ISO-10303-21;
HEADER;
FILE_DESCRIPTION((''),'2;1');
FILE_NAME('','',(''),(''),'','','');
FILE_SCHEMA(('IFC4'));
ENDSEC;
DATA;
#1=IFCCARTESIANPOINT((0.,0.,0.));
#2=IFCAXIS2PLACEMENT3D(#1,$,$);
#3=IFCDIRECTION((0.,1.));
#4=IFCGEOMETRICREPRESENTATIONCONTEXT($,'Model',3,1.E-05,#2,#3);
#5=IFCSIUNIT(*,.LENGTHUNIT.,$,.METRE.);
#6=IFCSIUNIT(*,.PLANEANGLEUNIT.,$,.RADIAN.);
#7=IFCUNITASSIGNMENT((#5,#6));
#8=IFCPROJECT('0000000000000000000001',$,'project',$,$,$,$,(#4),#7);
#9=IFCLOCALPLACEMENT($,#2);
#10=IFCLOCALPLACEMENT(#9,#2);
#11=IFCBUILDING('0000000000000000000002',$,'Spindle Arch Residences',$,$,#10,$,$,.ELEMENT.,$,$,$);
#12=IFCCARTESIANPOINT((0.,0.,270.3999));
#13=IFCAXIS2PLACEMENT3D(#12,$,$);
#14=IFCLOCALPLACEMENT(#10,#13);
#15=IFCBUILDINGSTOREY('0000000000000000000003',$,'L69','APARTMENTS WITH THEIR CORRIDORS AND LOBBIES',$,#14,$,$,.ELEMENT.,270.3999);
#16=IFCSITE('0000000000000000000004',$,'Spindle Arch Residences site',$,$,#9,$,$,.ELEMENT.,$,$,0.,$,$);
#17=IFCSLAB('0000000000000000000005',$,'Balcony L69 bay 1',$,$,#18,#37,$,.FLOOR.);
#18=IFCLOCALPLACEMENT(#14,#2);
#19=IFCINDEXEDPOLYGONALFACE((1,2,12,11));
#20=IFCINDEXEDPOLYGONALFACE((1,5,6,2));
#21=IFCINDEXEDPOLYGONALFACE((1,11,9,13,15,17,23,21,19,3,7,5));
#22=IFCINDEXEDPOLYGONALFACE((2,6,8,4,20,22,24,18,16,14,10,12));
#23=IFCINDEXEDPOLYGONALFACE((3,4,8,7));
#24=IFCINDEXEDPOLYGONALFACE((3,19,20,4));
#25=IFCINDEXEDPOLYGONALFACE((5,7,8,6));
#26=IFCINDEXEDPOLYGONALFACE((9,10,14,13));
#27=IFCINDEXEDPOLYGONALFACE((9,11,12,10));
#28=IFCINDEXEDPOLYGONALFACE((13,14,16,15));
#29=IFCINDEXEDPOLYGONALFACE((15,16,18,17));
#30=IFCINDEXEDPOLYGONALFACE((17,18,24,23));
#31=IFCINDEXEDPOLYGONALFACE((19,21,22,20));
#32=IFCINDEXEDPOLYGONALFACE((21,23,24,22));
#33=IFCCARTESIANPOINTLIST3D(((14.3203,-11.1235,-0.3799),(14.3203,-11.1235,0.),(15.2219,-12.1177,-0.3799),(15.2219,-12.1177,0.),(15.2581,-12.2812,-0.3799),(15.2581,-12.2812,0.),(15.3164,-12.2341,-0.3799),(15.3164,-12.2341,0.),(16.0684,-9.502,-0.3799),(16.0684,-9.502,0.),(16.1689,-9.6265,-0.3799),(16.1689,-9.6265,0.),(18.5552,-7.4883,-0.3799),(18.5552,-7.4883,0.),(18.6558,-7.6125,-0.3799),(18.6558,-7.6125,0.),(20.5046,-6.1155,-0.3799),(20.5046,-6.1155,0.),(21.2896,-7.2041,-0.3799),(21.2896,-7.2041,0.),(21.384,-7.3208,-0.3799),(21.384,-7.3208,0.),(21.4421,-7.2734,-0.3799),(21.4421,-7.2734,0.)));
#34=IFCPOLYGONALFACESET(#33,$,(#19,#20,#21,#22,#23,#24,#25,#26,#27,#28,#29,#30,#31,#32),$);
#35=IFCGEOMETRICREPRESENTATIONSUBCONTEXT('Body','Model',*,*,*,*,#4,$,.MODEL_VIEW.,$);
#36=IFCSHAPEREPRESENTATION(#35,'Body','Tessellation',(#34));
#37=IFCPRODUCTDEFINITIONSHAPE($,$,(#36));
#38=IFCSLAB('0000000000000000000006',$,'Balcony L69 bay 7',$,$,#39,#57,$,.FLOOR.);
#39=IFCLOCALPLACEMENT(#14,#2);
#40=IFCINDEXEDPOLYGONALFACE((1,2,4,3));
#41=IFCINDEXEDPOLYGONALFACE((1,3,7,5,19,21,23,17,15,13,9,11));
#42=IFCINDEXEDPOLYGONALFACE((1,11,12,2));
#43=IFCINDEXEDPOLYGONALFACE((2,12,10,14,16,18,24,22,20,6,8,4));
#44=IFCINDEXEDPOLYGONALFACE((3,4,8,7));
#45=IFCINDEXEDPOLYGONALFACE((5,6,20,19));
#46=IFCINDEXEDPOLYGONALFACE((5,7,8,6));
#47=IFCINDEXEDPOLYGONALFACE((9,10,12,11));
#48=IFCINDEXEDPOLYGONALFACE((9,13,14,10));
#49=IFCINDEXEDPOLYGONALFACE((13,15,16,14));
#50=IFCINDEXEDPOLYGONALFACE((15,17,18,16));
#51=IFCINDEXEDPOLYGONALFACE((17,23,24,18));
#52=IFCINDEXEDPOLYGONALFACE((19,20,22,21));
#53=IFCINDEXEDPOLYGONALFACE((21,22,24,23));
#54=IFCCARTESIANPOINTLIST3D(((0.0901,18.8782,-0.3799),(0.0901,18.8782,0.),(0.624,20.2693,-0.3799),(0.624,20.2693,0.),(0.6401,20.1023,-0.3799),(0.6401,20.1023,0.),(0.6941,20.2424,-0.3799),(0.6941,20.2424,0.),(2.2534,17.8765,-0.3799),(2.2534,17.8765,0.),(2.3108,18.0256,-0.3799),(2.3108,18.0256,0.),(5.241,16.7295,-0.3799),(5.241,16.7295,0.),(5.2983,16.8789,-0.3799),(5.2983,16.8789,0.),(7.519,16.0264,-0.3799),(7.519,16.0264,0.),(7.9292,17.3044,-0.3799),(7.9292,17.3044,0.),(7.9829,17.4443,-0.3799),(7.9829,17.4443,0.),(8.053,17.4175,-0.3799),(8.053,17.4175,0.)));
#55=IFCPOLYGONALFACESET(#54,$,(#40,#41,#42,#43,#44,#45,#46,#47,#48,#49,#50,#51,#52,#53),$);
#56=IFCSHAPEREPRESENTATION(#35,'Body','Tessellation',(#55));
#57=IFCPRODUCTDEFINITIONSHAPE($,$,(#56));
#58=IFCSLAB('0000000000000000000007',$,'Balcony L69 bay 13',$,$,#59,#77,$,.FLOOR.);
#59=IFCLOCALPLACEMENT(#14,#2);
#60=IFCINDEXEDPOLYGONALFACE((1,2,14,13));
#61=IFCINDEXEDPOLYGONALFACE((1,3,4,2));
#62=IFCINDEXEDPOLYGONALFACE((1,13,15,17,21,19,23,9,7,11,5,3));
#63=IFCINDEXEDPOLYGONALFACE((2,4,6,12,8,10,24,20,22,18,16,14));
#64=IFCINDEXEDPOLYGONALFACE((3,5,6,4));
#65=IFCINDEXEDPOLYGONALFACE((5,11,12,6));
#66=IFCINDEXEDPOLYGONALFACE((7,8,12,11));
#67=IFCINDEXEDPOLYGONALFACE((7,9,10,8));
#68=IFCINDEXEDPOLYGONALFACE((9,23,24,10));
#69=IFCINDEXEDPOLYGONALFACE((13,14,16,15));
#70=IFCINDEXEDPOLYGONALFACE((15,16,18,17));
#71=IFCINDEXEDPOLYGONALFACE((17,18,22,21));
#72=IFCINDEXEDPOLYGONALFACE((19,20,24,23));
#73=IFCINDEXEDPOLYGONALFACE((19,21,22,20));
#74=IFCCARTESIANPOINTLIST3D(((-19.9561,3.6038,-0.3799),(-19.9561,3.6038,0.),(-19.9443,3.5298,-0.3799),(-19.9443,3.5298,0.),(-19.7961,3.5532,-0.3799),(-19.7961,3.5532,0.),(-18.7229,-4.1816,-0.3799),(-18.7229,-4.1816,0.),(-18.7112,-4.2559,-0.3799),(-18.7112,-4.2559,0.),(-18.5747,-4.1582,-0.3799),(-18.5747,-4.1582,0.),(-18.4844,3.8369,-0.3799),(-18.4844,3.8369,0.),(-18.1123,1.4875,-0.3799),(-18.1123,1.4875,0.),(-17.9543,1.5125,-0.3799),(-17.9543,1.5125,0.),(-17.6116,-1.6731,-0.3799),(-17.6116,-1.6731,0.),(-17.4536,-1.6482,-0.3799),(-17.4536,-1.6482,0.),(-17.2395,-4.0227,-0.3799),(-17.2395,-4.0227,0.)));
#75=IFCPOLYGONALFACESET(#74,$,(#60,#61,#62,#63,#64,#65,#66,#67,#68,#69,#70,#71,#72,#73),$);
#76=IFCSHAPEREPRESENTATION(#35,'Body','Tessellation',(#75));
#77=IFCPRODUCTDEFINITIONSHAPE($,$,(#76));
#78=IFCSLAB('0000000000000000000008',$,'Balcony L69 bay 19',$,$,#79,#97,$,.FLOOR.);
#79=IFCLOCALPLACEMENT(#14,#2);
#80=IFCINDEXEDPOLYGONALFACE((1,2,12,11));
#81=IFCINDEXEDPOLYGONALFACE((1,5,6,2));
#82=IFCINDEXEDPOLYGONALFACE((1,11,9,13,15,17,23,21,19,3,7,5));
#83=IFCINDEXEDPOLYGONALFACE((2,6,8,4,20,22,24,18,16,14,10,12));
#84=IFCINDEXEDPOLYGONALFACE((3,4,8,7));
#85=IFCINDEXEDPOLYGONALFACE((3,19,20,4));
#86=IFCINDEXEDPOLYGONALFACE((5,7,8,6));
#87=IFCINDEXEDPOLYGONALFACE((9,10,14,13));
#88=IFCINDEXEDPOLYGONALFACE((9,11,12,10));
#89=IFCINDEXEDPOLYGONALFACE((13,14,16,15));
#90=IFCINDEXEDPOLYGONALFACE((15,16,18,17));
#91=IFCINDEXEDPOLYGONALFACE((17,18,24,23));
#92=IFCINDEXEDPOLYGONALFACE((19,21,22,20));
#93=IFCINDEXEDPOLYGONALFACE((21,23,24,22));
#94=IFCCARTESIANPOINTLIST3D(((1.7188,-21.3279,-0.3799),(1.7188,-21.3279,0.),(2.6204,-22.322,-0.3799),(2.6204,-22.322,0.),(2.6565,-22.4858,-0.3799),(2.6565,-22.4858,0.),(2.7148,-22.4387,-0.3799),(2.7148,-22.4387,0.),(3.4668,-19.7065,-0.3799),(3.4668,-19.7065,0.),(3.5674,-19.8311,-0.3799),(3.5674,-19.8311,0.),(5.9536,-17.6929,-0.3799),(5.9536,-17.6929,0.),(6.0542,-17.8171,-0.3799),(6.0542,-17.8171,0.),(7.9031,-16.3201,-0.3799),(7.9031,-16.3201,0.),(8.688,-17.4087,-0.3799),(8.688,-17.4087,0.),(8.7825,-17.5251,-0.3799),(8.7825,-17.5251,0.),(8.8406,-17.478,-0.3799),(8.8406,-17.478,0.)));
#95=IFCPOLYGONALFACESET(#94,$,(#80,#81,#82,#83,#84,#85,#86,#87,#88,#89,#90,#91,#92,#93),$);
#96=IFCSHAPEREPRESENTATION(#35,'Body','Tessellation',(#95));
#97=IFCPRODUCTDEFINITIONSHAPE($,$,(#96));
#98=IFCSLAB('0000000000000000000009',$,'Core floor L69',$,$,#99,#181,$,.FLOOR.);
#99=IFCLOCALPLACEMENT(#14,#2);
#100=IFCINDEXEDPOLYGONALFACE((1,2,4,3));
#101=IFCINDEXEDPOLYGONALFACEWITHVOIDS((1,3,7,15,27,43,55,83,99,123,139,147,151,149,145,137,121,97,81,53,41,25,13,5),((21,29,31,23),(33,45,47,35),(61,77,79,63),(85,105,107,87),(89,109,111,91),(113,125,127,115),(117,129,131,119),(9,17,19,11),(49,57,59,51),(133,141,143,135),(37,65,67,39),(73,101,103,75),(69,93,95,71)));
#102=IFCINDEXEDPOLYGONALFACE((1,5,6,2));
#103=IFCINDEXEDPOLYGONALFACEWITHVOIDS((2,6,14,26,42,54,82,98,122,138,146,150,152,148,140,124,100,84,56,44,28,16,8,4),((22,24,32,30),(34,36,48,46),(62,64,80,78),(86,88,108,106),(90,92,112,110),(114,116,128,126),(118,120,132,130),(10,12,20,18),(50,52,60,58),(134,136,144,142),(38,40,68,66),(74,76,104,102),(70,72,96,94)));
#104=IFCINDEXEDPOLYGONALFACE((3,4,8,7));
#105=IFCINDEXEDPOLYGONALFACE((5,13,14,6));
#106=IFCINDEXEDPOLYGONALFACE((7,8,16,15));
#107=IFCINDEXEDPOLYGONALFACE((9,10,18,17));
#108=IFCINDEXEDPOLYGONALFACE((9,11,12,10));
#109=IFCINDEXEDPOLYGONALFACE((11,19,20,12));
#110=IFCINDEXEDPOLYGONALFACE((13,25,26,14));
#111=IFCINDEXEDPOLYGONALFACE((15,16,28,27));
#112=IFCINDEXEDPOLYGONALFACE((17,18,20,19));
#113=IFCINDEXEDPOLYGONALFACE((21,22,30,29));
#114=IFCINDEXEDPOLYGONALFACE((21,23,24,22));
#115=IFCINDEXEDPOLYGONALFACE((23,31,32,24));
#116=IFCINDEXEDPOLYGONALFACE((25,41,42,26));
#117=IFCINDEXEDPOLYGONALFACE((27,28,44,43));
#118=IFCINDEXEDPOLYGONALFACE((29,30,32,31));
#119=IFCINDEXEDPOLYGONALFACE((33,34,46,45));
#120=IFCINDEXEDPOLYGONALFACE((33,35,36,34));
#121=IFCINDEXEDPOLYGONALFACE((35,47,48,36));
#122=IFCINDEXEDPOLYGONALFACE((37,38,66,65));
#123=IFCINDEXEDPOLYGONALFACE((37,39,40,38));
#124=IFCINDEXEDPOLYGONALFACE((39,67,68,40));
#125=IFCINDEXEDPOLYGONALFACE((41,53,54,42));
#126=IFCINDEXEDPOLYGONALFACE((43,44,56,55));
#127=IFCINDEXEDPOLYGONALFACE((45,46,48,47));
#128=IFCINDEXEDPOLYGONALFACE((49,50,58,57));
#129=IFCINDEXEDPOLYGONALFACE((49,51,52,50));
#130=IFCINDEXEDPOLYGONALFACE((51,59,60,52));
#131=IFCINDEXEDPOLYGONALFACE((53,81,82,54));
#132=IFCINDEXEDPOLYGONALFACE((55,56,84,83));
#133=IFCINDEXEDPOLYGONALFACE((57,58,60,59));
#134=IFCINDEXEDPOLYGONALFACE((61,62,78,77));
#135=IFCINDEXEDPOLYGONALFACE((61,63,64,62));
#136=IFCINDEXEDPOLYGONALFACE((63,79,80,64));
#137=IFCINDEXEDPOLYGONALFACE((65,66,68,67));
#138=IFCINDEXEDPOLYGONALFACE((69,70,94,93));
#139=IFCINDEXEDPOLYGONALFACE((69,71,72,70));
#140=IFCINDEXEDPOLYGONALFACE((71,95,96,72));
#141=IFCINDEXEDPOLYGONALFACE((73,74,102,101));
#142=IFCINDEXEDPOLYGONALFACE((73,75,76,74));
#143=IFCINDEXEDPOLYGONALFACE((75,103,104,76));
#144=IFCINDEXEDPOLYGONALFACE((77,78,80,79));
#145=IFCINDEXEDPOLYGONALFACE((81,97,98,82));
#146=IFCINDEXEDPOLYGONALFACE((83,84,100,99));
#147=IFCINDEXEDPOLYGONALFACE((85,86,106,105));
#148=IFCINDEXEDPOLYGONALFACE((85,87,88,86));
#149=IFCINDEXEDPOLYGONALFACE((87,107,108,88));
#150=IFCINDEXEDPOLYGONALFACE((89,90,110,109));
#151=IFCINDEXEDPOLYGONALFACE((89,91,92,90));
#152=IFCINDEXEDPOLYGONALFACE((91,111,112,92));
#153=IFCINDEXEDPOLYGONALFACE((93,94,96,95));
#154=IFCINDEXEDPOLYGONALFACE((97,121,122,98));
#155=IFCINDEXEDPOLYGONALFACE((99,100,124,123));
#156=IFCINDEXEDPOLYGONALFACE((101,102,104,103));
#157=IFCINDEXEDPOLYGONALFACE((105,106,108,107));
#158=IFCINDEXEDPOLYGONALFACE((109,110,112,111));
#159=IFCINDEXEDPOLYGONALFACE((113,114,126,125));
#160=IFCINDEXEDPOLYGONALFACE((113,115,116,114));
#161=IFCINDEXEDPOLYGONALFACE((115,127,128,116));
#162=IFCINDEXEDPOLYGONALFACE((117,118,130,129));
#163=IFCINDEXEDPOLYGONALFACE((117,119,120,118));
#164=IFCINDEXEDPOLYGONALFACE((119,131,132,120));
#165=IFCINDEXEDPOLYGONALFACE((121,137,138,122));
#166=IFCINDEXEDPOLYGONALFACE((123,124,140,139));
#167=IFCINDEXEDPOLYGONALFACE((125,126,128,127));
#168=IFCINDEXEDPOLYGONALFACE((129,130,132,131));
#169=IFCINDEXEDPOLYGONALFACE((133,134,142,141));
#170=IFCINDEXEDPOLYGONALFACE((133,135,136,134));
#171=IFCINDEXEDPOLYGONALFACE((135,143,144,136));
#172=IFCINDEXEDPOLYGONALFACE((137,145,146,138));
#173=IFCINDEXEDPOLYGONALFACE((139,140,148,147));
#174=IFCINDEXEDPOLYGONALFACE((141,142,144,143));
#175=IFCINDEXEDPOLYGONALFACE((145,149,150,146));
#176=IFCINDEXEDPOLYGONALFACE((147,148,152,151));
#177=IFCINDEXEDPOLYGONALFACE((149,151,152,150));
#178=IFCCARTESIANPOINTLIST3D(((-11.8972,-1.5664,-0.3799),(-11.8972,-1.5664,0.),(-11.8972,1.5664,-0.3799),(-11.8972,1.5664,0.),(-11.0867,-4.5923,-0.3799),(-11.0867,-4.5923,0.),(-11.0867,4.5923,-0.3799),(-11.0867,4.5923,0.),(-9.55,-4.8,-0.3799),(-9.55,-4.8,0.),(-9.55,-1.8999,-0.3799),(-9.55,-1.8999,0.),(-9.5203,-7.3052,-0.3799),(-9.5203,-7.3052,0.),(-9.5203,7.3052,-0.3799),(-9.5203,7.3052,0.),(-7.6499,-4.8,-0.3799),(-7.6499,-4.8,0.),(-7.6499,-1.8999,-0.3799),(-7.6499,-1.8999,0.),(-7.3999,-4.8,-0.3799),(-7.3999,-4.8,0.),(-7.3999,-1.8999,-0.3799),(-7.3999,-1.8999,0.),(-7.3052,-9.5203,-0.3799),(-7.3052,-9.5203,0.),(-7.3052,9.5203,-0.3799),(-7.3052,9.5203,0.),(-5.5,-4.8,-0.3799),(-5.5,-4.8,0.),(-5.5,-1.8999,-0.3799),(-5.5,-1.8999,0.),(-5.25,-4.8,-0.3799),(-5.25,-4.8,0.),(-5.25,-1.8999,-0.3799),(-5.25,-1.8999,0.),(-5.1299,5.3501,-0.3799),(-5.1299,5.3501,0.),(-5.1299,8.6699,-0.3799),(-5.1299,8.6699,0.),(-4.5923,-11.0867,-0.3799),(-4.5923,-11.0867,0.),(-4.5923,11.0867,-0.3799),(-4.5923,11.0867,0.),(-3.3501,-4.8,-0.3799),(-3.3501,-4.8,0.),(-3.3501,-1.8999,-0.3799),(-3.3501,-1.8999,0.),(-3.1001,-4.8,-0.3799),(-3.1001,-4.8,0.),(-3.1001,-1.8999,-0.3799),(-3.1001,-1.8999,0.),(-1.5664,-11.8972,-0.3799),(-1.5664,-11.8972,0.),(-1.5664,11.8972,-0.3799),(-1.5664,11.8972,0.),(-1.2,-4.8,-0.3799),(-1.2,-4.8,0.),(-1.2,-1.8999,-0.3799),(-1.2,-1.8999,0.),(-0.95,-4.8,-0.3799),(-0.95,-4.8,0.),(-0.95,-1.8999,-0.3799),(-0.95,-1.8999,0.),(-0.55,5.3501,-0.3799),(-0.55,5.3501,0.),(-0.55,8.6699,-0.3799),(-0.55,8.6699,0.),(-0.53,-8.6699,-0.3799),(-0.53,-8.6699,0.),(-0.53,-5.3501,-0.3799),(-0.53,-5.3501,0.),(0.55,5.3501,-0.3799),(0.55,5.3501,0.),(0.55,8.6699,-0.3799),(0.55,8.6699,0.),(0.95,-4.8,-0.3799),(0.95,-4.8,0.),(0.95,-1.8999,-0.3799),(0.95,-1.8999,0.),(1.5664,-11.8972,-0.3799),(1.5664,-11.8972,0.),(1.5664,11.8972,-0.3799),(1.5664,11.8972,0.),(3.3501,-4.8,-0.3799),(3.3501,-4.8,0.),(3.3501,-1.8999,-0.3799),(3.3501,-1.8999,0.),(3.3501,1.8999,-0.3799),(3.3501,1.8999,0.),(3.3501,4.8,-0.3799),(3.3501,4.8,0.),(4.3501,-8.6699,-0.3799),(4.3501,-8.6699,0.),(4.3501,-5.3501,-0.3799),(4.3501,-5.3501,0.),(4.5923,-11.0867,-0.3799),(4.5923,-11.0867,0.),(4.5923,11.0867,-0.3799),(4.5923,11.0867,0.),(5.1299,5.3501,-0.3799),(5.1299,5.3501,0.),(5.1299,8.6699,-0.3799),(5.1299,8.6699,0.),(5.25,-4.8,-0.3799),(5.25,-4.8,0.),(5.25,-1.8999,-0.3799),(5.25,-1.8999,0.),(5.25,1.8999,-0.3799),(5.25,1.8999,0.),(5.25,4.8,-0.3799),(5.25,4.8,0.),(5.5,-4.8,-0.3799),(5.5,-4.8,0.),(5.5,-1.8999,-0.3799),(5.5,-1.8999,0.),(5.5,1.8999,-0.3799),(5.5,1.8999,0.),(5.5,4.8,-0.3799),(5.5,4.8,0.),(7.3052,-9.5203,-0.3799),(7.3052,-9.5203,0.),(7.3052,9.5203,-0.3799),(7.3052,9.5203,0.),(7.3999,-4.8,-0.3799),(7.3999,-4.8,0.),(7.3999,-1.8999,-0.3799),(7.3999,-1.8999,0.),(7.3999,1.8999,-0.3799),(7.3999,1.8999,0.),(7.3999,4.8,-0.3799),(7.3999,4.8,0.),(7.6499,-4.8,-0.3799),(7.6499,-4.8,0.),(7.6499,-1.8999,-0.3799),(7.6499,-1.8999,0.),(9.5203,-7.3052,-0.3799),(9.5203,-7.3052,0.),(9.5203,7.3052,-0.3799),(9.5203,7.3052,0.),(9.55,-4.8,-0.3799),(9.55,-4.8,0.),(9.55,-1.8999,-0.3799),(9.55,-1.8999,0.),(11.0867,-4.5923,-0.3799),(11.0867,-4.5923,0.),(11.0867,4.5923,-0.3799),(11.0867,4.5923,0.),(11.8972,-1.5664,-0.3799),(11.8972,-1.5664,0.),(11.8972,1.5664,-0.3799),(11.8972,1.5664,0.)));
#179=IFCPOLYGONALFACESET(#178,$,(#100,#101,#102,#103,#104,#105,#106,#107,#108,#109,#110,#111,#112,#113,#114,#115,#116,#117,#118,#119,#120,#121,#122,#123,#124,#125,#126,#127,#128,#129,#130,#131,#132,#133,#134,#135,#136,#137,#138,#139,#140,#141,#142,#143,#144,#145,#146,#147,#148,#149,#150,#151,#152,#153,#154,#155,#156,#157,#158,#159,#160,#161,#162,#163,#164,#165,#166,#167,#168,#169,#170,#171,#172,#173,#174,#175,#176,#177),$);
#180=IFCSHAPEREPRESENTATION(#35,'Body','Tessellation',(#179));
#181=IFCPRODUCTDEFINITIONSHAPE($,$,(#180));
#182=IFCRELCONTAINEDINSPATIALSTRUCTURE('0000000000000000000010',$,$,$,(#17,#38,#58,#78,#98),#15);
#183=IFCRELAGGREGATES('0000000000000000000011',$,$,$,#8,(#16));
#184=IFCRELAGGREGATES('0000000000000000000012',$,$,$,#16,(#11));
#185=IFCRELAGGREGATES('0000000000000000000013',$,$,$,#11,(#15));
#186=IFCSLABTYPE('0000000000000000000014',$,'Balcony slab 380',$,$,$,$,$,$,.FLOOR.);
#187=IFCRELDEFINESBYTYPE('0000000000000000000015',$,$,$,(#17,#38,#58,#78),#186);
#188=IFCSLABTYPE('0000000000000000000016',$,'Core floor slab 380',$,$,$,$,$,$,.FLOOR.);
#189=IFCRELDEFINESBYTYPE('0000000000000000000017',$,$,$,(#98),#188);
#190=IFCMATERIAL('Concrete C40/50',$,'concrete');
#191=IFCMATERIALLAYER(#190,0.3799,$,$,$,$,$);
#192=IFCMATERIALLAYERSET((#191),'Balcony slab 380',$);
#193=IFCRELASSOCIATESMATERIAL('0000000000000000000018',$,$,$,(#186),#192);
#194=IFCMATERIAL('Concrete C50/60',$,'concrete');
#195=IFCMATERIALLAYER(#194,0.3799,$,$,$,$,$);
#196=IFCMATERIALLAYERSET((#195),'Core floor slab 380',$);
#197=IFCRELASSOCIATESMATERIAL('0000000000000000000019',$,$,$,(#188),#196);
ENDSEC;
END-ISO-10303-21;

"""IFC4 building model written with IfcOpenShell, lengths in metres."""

from ifc_helpers import new_model, si_unit, direction, frame, origin, place, context, subcontext, project, spatial, polyline, outline, extrude, material, layer, layer_set, type_object, element, save


model = new_model("IFC4")

# Units and contexts
model_context = context("Model", 3, precision=1e-05, world=origin(), true_north=direction((0.0, 1.0)))
body_context = subcontext(model_context, "Body", "Model", "MODEL_VIEW")
ifc_project = project(units=[si_unit("LENGTHUNIT", "METRE"), si_unit("PLANEANGLEUNIT", "RADIAN")], contexts=[model_context])

# Site, building, storey
site_placement = place(None, origin())
site = spatial("IfcSite", under=ifc_project, at=site_placement, Name="Spindle Arch Residences site", CompositionType="ELEMENT", RefElevation=0.0)
building_placement = place(site_placement, origin())
building = spatial("IfcBuilding", under=site, at=building_placement, Name="Spindle Arch Residences", CompositionType="ELEMENT")
storey_placement = place(building_placement, frame((0.0, 0.0, 270.3999)))
storey = spatial("IfcBuildingStorey", under=building, at=storey_placement, Name="L69", Description="APARTMENTS WITH THEIR CORRIDORS AND LOBBIES", CompositionType="ELEMENT", Elevation=270.3999)

# Slabs
ifc_material_1 = material(Name="Concrete C40/50", Category="concrete")
ifc_layer_1 = layer(ifc_material_1, 0.3799)
ifc_layer_set_1 = layer_set([ifc_layer_1], Name="Balcony slab 380")
slab_type_1 = type_object("IfcSlabType", Name="Balcony slab 380", PredefinedType="FLOOR", material=ifc_layer_set_1)
slab_1_placement = place(storey_placement, frame((0.0, 0.0, -0.3799)))
element("IfcSlab", 1, at=slab_1_placement, inside=storey, type_object=slab_type_1, Name="Balcony L69 bay 1", PredefinedType="FLOOR", context=body_context, shape_type="SweptSolid", body=[
    extrude(outline(polyline([(15.2581, -12.2812), (15.3164, -12.2341), (15.2219, -12.1177), (21.2896, -7.2041), (21.384, -7.3208), (21.4421, -7.2734), (20.5046, -6.1155), (18.6558, -7.6125), (18.5552, -7.4883), (16.0684, -9.502), (16.1689, -9.6265), (14.3203, -11.1235), (15.2581, -12.2812)])), origin(), (0.0, 0.0, 1.0), 0.3799),
])
slab_2_placement = place(storey_placement, frame((0.0, 0.0, -0.3799)))
element("IfcSlab", 2, at=slab_2_placement, inside=storey, type_object=slab_type_1, Name="Balcony L69 bay 7", PredefinedType="FLOOR", context=body_context, shape_type="SweptSolid", body=[
    extrude(outline(polyline([(8.053, 17.4175), (7.9829, 17.4443), (7.9292, 17.3044), (0.6401, 20.1023), (0.6941, 20.2424), (0.624, 20.2693), (0.0901, 18.8782), (2.3108, 18.0256), (2.2534, 17.8765), (5.241, 16.7295), (5.2983, 16.8789), (7.519, 16.0264), (8.053, 17.4175)])), origin(), (0.0, 0.0, 1.0), 0.3799),
])
slab_3_placement = place(storey_placement, frame((0.0, 0.0, -0.3799)))
element("IfcSlab", 3, at=slab_3_placement, inside=storey, type_object=slab_type_1, Name="Balcony L69 bay 13", PredefinedType="FLOOR", context=body_context, shape_type="SweptSolid", body=[
    extrude(outline(polyline([(-19.9561, 3.6038), (-19.9443, 3.5298), (-19.7961, 3.5532), (-18.5747, -4.1582), (-18.7229, -4.1816), (-18.7112, -4.2559), (-17.2395, -4.0227), (-17.6116, -1.6731), (-17.4536, -1.6482), (-17.9543, 1.5125), (-18.1123, 1.4875), (-18.4844, 3.8369), (-19.9561, 3.6038)])), origin(), (0.0, 0.0, 1.0), 0.3799),
])
slab_4_placement = place(storey_placement, frame((0.0, 0.0, -0.3799)))
element("IfcSlab", 4, at=slab_4_placement, inside=storey, type_object=slab_type_1, Name="Balcony L69 bay 19", PredefinedType="FLOOR", context=body_context, shape_type="SweptSolid", body=[
    extrude(outline(polyline([(2.6565, -22.4858), (2.7148, -22.4387), (2.6204, -22.322), (8.688, -17.4087), (8.7825, -17.5251), (8.8406, -17.478), (7.9031, -16.3201), (6.0542, -17.8171), (5.9536, -17.6929), (3.4668, -19.7065), (3.5674, -19.8311), (1.7188, -21.3279), (2.6565, -22.4858)])), origin(), (0.0, 0.0, 1.0), 0.3799),
])
ifc_material_2 = material(Name="Concrete C50/60", Category="concrete")
ifc_layer_2 = layer(ifc_material_2, 0.3799)
ifc_layer_set_2 = layer_set([ifc_layer_2], Name="Core floor slab 380")
slab_type_2 = type_object("IfcSlabType", Name="Core floor slab 380", PredefinedType="FLOOR", material=ifc_layer_set_2)
slab_5_placement = place(storey_placement, frame((0.0, 0.0, -0.3799)))
element("IfcSlab", 5, at=slab_5_placement, inside=storey, type_object=slab_type_2, Name="Core floor L69", PredefinedType="FLOOR", context=body_context, shape_type="SweptSolid", body=[
    extrude(outline(polyline([(1.5664, -11.8972), (4.5923, -11.0867), (7.3052, -9.5203), (9.5203, -7.3052), (11.0867, -4.5923), (11.8972, -1.5664), (11.8972, 1.5664), (11.0867, 4.5923), (9.5203, 7.3052), (7.3052, 9.5203), (4.5923, 11.0867), (1.5664, 11.8972), (-1.5664, 11.8972), (-4.5923, 11.0867), (-7.3052, 9.5203), (-9.5203, 7.3052), (-11.0867, 4.5923), (-11.8972, 1.5664), (-11.8972, -1.5664), (-11.0867, -4.5923), (-9.5203, -7.3052), (-7.3052, -9.5203), (-4.5923, -11.0867), (-1.5664, -11.8972), (1.5664, -11.8972)]), holes=[polyline([(3.3501, 1.8999), (5.25, 1.8999), (5.25, 4.8), (3.3501, 4.8), (3.3501, 1.8999)]), polyline([(5.5, 1.8999), (7.3999, 1.8999), (7.3999, 4.8), (5.5, 4.8), (5.5, 1.8999)]), polyline([(-9.55, -4.8), (-7.6499, -4.8), (-7.6499, -1.8999), (-9.55, -1.8999), (-9.55, -4.8)]), polyline([(-7.3999, -4.8), (-5.5, -4.8), (-5.5, -1.8999), (-7.3999, -1.8999), (-7.3999, -4.8)]), polyline([(-5.25, -4.8), (-3.3501, -4.8), (-3.3501, -1.8999), (-5.25, -1.8999), (-5.25, -4.8)]), polyline([(-3.1001, -4.8), (-1.2, -4.8), (-1.2, -1.8999), (-3.1001, -1.8999), (-3.1001, -4.8)]), polyline([(-0.95, -4.8), (0.95, -4.8), (0.95, -1.8999), (-0.95, -1.8999), (-0.95, -4.8)]), polyline([(3.3501, -4.8), (5.25, -4.8), (5.25, -1.8999), (3.3501, -1.8999), (3.3501, -4.8)]), polyline([(5.5, -4.8), (7.3999, -4.8), (7.3999, -1.8999), (5.5, -1.8999), (5.5, -4.8)]), polyline([(7.6499, -4.8), (9.55, -4.8), (9.55, -1.8999), (7.6499, -1.8999), (7.6499, -4.8)]), polyline([(5.1299, 8.6699), (0.55, 8.6699), (0.55, 5.3501), (5.1299, 5.3501), (5.1299, 8.6699)]), polyline([(-5.1299, 5.3501), (-0.55, 5.3501), (-0.55, 8.6699), (-5.1299, 8.6699), (-5.1299, 5.3501)]), polyline([(-0.53, -8.6699), (4.3501, -8.6699), (4.3501, -5.3501), (-0.53, -5.3501), (-0.53, -8.6699)])]), origin(), (0.0, 0.0, 1.0), 0.3799),
])

save(model, "model.ifc")
